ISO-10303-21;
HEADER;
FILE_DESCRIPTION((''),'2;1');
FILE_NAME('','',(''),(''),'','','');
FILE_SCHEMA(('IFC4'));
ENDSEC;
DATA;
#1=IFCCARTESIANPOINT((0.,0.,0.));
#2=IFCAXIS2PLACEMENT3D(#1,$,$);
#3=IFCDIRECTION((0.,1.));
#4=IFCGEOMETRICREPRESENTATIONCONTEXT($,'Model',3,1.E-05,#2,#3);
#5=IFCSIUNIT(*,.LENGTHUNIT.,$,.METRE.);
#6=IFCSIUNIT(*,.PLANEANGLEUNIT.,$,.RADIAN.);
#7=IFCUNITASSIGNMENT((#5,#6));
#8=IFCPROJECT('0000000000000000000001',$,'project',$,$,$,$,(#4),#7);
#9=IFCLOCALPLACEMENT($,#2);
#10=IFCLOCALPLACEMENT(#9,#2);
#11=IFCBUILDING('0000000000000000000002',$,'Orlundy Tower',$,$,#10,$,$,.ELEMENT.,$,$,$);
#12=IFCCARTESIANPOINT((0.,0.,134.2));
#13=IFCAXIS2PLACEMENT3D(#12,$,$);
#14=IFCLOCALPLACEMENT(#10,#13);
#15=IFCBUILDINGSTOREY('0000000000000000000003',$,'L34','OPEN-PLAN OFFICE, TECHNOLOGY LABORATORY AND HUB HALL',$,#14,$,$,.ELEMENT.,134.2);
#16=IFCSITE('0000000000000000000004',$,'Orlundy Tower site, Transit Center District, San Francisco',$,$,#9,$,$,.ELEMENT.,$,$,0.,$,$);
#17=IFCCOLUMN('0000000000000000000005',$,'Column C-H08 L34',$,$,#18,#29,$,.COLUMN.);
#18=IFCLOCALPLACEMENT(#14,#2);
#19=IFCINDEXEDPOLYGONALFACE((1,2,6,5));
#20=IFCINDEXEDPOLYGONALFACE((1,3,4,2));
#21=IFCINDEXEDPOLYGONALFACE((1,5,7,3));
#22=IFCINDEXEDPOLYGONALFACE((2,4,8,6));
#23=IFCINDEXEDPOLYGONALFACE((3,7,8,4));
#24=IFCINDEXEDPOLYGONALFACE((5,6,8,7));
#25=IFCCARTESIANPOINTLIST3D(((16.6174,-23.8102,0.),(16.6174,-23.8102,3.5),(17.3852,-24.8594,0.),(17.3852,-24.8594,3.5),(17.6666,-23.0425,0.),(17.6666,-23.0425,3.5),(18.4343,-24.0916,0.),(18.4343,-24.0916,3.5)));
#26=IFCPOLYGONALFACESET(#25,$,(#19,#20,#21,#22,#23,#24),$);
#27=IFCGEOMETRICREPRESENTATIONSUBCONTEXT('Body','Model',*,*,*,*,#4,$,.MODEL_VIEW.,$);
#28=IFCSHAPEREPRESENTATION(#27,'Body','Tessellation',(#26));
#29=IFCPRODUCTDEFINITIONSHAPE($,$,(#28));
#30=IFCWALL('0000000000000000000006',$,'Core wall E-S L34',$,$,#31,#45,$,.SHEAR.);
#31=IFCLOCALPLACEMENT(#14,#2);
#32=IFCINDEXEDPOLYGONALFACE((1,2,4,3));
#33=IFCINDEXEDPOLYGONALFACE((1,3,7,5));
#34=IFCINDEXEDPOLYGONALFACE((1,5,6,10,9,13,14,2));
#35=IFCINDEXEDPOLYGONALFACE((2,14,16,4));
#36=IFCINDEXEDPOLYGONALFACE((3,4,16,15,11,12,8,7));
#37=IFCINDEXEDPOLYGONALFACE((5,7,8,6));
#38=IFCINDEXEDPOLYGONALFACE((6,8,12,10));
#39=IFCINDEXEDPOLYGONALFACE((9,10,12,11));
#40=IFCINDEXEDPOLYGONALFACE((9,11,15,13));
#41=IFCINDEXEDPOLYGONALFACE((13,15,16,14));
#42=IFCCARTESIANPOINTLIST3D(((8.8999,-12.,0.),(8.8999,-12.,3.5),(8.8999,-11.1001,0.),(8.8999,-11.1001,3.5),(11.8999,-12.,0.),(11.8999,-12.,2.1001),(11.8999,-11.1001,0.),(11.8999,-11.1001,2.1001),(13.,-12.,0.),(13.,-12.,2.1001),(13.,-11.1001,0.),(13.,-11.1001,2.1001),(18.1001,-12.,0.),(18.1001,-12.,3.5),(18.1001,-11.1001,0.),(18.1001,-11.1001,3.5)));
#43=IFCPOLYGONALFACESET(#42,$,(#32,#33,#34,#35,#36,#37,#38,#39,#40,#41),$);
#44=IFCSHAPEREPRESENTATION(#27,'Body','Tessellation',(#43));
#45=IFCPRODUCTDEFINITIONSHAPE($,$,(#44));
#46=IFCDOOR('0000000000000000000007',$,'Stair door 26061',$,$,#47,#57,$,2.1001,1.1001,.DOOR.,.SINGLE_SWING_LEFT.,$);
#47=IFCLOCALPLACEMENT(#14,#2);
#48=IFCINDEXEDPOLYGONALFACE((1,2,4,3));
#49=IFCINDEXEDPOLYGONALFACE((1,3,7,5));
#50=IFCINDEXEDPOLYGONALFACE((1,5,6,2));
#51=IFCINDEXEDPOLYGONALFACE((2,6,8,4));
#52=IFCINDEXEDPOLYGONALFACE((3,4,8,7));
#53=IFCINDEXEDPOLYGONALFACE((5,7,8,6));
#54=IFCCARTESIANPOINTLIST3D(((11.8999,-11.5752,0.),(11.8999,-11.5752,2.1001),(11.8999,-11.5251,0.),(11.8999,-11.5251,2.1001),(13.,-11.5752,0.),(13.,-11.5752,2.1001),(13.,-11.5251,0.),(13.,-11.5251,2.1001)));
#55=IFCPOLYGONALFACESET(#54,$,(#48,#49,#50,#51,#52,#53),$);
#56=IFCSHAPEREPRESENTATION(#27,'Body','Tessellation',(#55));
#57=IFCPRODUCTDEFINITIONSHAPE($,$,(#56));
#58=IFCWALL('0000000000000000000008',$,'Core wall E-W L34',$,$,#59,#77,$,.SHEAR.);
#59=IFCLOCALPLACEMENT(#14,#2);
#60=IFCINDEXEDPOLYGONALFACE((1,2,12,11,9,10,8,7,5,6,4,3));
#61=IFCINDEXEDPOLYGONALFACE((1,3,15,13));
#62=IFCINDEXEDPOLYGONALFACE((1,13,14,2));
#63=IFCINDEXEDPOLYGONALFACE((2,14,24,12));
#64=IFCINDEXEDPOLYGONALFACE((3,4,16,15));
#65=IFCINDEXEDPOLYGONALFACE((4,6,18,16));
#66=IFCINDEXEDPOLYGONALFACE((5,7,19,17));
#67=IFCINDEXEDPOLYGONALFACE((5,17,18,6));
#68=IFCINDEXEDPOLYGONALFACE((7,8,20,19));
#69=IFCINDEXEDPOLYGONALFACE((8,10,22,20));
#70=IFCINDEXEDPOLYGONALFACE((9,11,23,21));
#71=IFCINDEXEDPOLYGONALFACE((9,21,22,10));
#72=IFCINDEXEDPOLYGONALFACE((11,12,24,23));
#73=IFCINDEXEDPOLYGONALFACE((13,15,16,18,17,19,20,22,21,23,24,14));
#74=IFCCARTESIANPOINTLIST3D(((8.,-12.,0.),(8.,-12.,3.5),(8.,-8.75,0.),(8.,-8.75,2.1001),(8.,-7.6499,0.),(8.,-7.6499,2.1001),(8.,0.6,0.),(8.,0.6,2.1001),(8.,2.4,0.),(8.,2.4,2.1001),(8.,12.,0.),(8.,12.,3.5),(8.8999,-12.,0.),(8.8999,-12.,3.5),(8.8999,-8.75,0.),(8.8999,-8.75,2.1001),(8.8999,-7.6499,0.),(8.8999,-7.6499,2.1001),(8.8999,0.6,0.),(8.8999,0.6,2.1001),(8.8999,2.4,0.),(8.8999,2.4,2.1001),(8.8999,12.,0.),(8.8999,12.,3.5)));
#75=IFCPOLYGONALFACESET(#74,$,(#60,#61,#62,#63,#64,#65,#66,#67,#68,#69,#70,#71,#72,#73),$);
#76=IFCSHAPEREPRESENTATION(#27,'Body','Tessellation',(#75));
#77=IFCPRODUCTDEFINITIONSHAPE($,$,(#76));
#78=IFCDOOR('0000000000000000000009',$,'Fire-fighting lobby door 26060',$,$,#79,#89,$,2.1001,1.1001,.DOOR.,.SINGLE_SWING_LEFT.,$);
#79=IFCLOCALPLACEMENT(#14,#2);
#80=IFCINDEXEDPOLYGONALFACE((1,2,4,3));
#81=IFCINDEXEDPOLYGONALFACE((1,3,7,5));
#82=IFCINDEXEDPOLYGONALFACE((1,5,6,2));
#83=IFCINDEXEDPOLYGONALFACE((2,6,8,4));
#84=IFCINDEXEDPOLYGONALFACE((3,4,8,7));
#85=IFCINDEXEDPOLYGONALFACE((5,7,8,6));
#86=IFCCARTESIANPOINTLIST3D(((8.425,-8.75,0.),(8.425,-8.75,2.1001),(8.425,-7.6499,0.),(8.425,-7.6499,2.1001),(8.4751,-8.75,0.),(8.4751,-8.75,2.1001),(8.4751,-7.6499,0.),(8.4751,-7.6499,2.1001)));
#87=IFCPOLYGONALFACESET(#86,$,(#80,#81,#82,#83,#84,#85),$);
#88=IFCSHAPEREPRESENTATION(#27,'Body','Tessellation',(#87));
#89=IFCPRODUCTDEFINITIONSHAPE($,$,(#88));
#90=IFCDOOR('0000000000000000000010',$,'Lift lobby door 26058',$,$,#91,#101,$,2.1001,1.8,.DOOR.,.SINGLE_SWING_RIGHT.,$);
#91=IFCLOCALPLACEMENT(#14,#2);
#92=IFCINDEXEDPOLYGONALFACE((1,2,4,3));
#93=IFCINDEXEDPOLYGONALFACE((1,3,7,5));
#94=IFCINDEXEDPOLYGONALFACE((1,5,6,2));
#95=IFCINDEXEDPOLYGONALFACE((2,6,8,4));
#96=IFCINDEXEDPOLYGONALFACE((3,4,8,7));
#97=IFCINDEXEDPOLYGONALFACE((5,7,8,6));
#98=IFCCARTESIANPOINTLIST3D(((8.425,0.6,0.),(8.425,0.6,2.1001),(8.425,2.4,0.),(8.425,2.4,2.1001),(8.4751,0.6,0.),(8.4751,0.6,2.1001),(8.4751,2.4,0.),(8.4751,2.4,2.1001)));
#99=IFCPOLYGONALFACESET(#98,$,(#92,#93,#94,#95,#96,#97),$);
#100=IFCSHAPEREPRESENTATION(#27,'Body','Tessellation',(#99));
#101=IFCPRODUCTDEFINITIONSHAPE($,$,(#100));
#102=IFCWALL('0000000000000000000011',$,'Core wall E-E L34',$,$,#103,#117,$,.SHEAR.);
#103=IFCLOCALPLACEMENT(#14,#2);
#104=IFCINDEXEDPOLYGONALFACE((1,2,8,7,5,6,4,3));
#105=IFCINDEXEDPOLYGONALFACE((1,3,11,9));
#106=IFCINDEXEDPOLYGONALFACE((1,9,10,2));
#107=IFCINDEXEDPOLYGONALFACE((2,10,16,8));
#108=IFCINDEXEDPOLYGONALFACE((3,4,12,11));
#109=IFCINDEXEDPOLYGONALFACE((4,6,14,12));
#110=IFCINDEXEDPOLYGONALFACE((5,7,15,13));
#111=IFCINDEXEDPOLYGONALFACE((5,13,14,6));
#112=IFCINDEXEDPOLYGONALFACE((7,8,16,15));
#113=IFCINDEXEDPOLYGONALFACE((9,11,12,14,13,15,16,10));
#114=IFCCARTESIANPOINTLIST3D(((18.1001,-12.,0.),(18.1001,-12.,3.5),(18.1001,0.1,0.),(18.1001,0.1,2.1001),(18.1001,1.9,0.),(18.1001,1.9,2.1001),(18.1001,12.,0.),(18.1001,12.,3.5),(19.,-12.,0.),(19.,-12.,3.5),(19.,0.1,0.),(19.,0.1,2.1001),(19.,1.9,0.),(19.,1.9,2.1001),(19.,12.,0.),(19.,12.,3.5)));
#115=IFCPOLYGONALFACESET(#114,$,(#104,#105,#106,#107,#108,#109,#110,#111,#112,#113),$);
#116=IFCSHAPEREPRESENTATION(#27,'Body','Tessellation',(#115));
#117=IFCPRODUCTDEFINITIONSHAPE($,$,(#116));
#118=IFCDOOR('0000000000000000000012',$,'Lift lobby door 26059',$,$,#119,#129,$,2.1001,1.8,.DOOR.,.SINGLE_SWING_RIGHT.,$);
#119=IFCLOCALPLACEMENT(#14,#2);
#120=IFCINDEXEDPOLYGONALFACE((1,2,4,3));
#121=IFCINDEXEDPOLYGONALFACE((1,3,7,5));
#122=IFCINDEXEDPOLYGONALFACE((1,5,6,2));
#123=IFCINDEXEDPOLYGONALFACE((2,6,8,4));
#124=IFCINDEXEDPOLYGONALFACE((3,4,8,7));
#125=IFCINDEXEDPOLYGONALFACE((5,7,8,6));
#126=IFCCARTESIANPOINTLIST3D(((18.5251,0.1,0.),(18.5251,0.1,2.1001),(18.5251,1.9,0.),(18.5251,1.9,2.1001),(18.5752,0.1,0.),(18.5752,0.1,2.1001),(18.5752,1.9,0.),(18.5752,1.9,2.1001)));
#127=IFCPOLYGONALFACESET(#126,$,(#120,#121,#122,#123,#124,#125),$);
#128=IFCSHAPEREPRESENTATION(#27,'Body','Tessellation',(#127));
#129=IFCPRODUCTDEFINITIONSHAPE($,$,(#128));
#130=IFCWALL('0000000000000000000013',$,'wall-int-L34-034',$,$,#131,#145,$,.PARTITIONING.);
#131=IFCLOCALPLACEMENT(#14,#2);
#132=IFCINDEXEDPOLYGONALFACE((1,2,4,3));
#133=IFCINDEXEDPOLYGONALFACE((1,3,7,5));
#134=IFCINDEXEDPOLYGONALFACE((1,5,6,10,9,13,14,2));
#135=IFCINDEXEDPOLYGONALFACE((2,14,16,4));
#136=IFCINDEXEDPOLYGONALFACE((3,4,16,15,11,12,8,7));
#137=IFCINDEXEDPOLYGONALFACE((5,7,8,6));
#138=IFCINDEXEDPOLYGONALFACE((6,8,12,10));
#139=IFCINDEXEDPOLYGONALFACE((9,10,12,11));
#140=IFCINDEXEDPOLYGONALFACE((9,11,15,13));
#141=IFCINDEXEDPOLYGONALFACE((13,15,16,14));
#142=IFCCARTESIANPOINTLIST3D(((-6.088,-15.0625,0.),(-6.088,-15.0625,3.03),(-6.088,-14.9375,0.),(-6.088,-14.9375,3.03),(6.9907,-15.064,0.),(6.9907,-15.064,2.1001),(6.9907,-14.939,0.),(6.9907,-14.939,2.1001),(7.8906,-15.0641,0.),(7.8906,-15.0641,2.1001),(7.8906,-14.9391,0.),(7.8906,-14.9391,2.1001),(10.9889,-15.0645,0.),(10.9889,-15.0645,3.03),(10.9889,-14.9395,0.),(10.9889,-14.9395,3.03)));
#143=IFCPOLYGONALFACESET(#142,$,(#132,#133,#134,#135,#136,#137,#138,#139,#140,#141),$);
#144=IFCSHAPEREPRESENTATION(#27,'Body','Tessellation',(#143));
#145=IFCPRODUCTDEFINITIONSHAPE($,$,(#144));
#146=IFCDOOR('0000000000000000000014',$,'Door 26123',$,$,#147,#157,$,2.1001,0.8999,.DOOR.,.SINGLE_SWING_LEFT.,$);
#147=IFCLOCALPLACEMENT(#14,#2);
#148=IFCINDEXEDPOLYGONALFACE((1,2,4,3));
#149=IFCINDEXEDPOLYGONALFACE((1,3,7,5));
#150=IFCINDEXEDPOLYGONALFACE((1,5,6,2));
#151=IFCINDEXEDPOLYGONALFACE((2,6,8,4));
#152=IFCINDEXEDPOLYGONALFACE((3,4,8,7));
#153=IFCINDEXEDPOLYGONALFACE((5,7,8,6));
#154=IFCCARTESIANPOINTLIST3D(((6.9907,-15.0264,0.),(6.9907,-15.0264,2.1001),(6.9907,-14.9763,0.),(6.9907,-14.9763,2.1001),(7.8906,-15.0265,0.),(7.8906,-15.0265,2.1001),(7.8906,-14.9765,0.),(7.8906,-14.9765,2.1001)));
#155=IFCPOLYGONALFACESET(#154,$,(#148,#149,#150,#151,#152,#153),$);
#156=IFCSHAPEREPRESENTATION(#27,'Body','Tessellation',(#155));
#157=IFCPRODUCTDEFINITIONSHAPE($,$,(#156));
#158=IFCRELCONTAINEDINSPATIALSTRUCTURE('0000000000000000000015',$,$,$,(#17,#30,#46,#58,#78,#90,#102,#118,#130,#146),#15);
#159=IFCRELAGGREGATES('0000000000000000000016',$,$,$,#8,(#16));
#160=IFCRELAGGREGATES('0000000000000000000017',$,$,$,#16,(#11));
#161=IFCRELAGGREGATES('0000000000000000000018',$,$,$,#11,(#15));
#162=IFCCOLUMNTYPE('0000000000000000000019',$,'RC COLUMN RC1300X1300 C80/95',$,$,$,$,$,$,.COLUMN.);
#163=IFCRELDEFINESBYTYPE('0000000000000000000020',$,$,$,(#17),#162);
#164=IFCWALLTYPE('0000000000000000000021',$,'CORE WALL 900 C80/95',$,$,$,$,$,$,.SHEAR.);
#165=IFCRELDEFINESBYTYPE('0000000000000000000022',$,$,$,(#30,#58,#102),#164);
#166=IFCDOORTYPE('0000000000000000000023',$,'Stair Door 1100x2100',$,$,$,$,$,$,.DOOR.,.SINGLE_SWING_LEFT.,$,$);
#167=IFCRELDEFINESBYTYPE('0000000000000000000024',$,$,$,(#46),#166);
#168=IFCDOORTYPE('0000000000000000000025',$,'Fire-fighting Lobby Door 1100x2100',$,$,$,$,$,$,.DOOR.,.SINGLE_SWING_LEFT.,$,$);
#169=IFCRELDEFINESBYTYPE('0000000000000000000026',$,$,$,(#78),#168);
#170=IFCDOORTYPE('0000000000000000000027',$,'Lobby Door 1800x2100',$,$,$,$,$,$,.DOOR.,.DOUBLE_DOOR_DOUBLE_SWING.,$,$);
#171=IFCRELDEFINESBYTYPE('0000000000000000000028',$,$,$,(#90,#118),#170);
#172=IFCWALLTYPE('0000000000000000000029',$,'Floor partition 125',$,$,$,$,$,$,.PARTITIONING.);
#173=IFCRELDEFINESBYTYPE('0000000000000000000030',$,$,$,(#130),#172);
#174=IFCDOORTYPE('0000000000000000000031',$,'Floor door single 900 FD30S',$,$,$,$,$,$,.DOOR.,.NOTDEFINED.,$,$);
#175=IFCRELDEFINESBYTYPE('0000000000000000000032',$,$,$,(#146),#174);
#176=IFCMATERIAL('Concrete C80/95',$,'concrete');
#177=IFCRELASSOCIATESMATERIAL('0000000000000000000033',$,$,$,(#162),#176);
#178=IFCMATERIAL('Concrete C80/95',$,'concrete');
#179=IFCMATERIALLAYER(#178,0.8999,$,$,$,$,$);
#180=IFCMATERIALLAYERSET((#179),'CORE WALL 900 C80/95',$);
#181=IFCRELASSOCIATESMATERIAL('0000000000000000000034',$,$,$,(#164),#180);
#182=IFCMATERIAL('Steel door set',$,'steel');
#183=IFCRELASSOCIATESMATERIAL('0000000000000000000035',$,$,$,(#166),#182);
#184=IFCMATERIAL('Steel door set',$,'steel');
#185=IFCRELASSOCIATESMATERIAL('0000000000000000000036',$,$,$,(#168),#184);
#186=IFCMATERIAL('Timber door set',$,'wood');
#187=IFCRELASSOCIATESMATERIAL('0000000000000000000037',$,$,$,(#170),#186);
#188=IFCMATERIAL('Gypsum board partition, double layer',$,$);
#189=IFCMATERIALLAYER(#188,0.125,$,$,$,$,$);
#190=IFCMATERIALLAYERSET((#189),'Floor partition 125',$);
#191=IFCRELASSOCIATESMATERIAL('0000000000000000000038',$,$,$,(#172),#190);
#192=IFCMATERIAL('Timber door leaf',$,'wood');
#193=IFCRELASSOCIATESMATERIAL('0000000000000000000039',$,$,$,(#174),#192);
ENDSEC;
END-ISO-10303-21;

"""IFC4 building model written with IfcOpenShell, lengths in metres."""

from ifc_helpers import new_model, si_unit, direction, frame, frame_2d, origin, origin_2d, place, context, subcontext, project, spatial, rectangle, extrude, material, layer, layer_set, material_profile, profile_set, type_object, element, fill, save


model = new_model("IFC4")

# Units and contexts
model_context = context("Model", 3, precision=1e-05, world=origin(), true_north=direction((0.0, 1.0)))
body_context = subcontext(model_context, "Body", "Model", "MODEL_VIEW")
ifc_project = project(units=[si_unit("LENGTHUNIT", "METRE"), si_unit("PLANEANGLEUNIT", "RADIAN")], contexts=[model_context])

# Site, building, storey
site_placement = place(None, origin())
site = spatial("IfcSite", under=ifc_project, at=site_placement, Name="Orlundy Tower site, Transit Center District, San Francisco", CompositionType="ELEMENT", RefElevation=0.0)
building_placement = place(site_placement, origin())
building = spatial("IfcBuilding", under=site, at=building_placement, Name="Orlundy Tower", CompositionType="ELEMENT")
storey_placement = place(building_placement, frame((0.0, 0.0, 134.2)))
storey = spatial("IfcBuildingStorey", under=building, at=storey_placement, Name="L34", Description="OPEN-PLAN OFFICE, TECHNOLOGY LABORATORY AND HUB HALL", CompositionType="ELEMENT", Elevation=134.2)

# Column
ifc_material_1 = material(Name="Concrete C80/95", Category="concrete")
ifc_material_profile = material_profile(ifc_material_1, rectangle(XDim=1.3, YDim=1.3, at=origin_2d()), Name="RC1300X1300")
ifc_profile_set = profile_set([ifc_material_profile], Name="Concrete C80/95")
column_type = type_object("IfcColumnType", Name="RC COLUMN RC1300X1300 C80/95", PredefinedType="COLUMN", material=ifc_profile_set)
column_placement = place(storey_placement, frame((17.5259, -23.9509, 0.0), z_axis=(0.0, 0.0, 1.0), x_axis=(0.590535, -0.807012, 0.0)))
element("IfcColumn", 1, at=column_placement, inside=storey, type_object=column_type, Name="Column C-H08 L34", PredefinedType="COLUMN", context=body_context, shape_type="SweptSolid", body=[
    extrude(rectangle(XDim=1.3, YDim=1.3, at=origin_2d()), origin(), (0.0, 0.0, 1.0), 3.5),
])

# Wall, opening, door
ifc_material_2 = material(Name="Concrete C80/95", Category="concrete")
ifc_layer_1 = layer(ifc_material_2, 0.8999)
ifc_layer_set_1 = layer_set([ifc_layer_1], Name="CORE WALL 900 C80/95")
wall_type_1 = type_object("IfcWallType", Name="CORE WALL 900 C80/95", PredefinedType="SHEAR", material=ifc_layer_set_1)
wall_1_placement = place(storey_placement, frame((8.8999, -11.55, 0.0), z_axis=(0.0, 0.0, 1.0), x_axis=(1.0, 0.0, 0.0)))
wall_1 = element("IfcWall", 2, at=wall_1_placement, inside=storey, type_object=wall_type_1, Name="Core wall E-S L34", PredefinedType="SHEAR", context=body_context, shape_type="SweptSolid", body=[
    extrude(rectangle(XDim=9.2002, YDim=0.8999, at=frame_2d((4.6001, 0.0))), origin(), (0.0, 0.0, 1.0), 3.5),
])
opening_1_placement = place(wall_1_placement, frame((3.0, 0.0, 0.0)))
opening_1 = element("IfcOpeningElement", 3, at=opening_1_placement, cuts=wall_1, PredefinedType="OPENING", context=body_context, shape_type="SweptSolid", body=[
    extrude(rectangle(XDim=1.1001, YDim=2.1001, at=frame_2d((0.55, 1.05))), frame((0.0, 0.46, 0.0), z_axis=(0.0, -1.0, 0.0), x_axis=(1.0, 0.0, 0.0)), (0.0, 0.0, 1.0), 0.9199),
])
ifc_material_3 = material(Name="Steel door set", Category="steel")
door_type_1 = type_object("IfcDoorType", Name="Stair Door 1100x2100", OperationType="SINGLE_SWING_LEFT", PredefinedType="DOOR", material=ifc_material_3)
door_1_placement = place(opening_1_placement, origin())
door_1 = element("IfcDoor", 4, at=door_1_placement, inside=storey, type_object=door_type_1, Name="Stair door 26061", OperationType="SINGLE_SWING_LEFT", OverallHeight=2.1001, OverallWidth=1.1001, PredefinedType="DOOR", context=body_context, shape_type="SweptSolid", body=[
    extrude(rectangle(XDim=1.1001, YDim=2.1001, at=frame_2d((0.55, 1.05))), frame((0.0, 0.0249, 0.0), z_axis=(0.0, -1.0, 0.0), x_axis=(1.0, 0.0, 0.0)), (0.0, 0.0, 1.0), 0.05),
])
fill(opening_1, door_1)

# Wall, openings, doors
wall_2_placement = place(storey_placement, frame((8.45, -12.0, 0.0), z_axis=(0.0, 0.0, 1.0), x_axis=(0.0, 1.0, 0.0)))
wall_2 = element("IfcWall", 5, at=wall_2_placement, inside=storey, type_object=wall_type_1, Name="Core wall E-W L34", PredefinedType="SHEAR", context=body_context, shape_type="SweptSolid", body=[
    extrude(rectangle(XDim=24.0, YDim=0.8999, at=frame_2d((12.0, 0.0))), origin(), (0.0, 0.0, 1.0), 3.5),
])
opening_2_placement = place(wall_2_placement, frame((12.6001, 0.0, 0.0)))
opening_2 = element("IfcOpeningElement", 6, at=opening_2_placement, cuts=wall_2, PredefinedType="OPENING", context=body_context, shape_type="SweptSolid", body=[
    extrude(rectangle(XDim=1.8, YDim=2.1001, at=frame_2d((0.8999, 1.05))), frame((0.0, 0.46, 0.0), z_axis=(0.0, -1.0, 0.0), x_axis=(1.0, 0.0, 0.0)), (0.0, 0.0, 1.0), 0.9199),
])
opening_3_placement = place(wall_2_placement, frame((3.25, 0.0, 0.0)))
opening_3 = element("IfcOpeningElement", 7, at=opening_3_placement, cuts=wall_2, PredefinedType="OPENING", context=body_context, shape_type="SweptSolid", body=[
    extrude(rectangle(XDim=1.1001, YDim=2.1001, at=frame_2d((0.55, 1.05))), frame((0.0, 0.46, 0.0), z_axis=(0.0, -1.0, 0.0), x_axis=(1.0, 0.0, 0.0)), (0.0, 0.0, 1.0), 0.9199),
])
ifc_material_4 = material(Name="Steel door set", Category="steel")
door_type_2 = type_object("IfcDoorType", Name="Fire-fighting Lobby Door 1100x2100", OperationType="SINGLE_SWING_LEFT", PredefinedType="DOOR", material=ifc_material_4)
door_2_placement = place(opening_3_placement, origin())
door_2 = element("IfcDoor", 8, at=door_2_placement, inside=storey, type_object=door_type_2, Name="Fire-fighting lobby door 26060", OperationType="SINGLE_SWING_LEFT", OverallHeight=2.1001, OverallWidth=1.1001, PredefinedType="DOOR", context=body_context, shape_type="SweptSolid", body=[
    extrude(rectangle(XDim=1.1001, YDim=2.1001, at=frame_2d((0.55, 1.05))), frame((0.0, 0.0249, 0.0), z_axis=(0.0, -1.0, 0.0), x_axis=(1.0, 0.0, 0.0)), (0.0, 0.0, 1.0), 0.05),
])
fill(opening_3, door_2)
ifc_material_5 = material(Name="Timber door set", Category="wood")
door_type_3 = type_object("IfcDoorType", Name="Lobby Door 1800x2100", OperationType="DOUBLE_DOOR_DOUBLE_SWING", PredefinedType="DOOR", material=ifc_material_5)
door_3_placement = place(opening_2_placement, origin())
door_3 = element("IfcDoor", 9, at=door_3_placement, inside=storey, type_object=door_type_3, Name="Lift lobby door 26058", OperationType="SINGLE_SWING_RIGHT", OverallHeight=2.1001, OverallWidth=1.8, PredefinedType="DOOR", context=body_context, shape_type="SweptSolid", body=[
    extrude(rectangle(XDim=1.8, YDim=2.1001, at=frame_2d((0.8999, 1.05))), frame((0.0, 0.0249, 0.0), z_axis=(0.0, -1.0, 0.0), x_axis=(1.0, 0.0, 0.0)), (0.0, 0.0, 1.0), 0.05),
])
fill(opening_2, door_3)

# Walls, openings, doors
wall_3_placement = place(storey_placement, frame((18.55, -12.0, 0.0), z_axis=(0.0, 0.0, 1.0), x_axis=(0.0, 1.0, 0.0)))
wall_3 = element("IfcWall", 10, at=wall_3_placement, inside=storey, type_object=wall_type_1, Name="Core wall E-E L34", PredefinedType="SHEAR", context=body_context, shape_type="SweptSolid", body=[
    extrude(rectangle(XDim=24.0, YDim=0.8999, at=frame_2d((12.0, 0.0))), origin(), (0.0, 0.0, 1.0), 3.5),
])
opening_4_placement = place(wall_3_placement, frame((12.1001, 0.0, 0.0)))
opening_4 = element("IfcOpeningElement", 11, at=opening_4_placement, cuts=wall_3, PredefinedType="OPENING", context=body_context, shape_type="SweptSolid", body=[
    extrude(rectangle(XDim=1.8, YDim=2.1001, at=frame_2d((0.8999, 1.05))), frame((0.0, 0.46, 0.0), z_axis=(0.0, -1.0, 0.0), x_axis=(1.0, 0.0, 0.0)), (0.0, 0.0, 1.0), 0.9199),
])
door_4_placement = place(opening_4_placement, origin())
door_4 = element("IfcDoor", 12, at=door_4_placement, inside=storey, type_object=door_type_3, Name="Lift lobby door 26059", OperationType="SINGLE_SWING_RIGHT", OverallHeight=2.1001, OverallWidth=1.8, PredefinedType="DOOR", context=body_context, shape_type="SweptSolid", body=[
    extrude(rectangle(XDim=1.8, YDim=2.1001, at=frame_2d((0.8999, 1.05))), frame((0.0, 0.0249, 0.0), z_axis=(0.0, -1.0, 0.0), x_axis=(1.0, 0.0, 0.0)), (0.0, 0.0, 1.0), 0.05),
])
fill(opening_4, door_4)
ifc_material_6 = material(Name="Gypsum board partition, double layer")
ifc_layer_2 = layer(ifc_material_6, 0.125)
ifc_layer_set_2 = layer_set([ifc_layer_2], Name="Floor partition 125")
wall_type_2 = type_object("IfcWallType", Name="Floor partition 125", PredefinedType="PARTITIONING", material=ifc_layer_set_2)
wall_4_placement = place(storey_placement, frame((10.989, -15.002, 0.0), z_axis=(0.0, 0.0, 1.0), x_axis=(-1.0, 0.000114, 0.0)))
wall_4 = element("IfcWall", 13, at=wall_4_placement, inside=storey, type_object=wall_type_2, Name="wall-int-L34-034", PredefinedType="PARTITIONING", context=body_context, shape_type="SweptSolid", body=[
    extrude(rectangle(XDim=17.0769, YDim=0.125, at=frame_2d((8.5386, 0.0))), origin(), (0.0, 0.0, 1.0), 3.03),
])
opening_5_placement = place(wall_4_placement, frame((3.0984, 0.0, 0.0)))
opening_5 = element("IfcOpeningElement", 14, at=opening_5_placement, cuts=wall_4, PredefinedType="OPENING", context=body_context, shape_type="SweptSolid", body=[
    extrude(rectangle(XDim=0.8999, YDim=2.1001, at=frame_2d((0.45, 1.05))), frame((0.0, 0.0725, 0.0), z_axis=(0.0, -1.0, 0.0), x_axis=(1.0, 0.0, 0.0)), (0.0, 0.0, 1.0), 0.145),
])
ifc_material_7 = material(Name="Timber door leaf", Category="wood")
door_type_4 = type_object("IfcDoorType", Name="Floor door single 900 FD30S", OperationType="NOTDEFINED", PredefinedType="DOOR", material=ifc_material_7)
door_5_placement = place(opening_5_placement, origin())
door_5 = element("IfcDoor", 15, at=door_5_placement, inside=storey, type_object=door_type_4, Name="Door 26123", OperationType="SINGLE_SWING_LEFT", OverallHeight=2.1001, OverallWidth=0.8999, PredefinedType="DOOR", context=body_context, shape_type="SweptSolid", body=[
    extrude(rectangle(XDim=0.8999, YDim=2.1001, at=frame_2d((0.45, 1.05))), frame((0.0, 0.0249, 0.0), z_axis=(0.0, -1.0, 0.0), x_axis=(1.0, 0.0, 0.0)), (0.0, 0.0, 1.0), 0.05),
])
fill(opening_5, door_5)

save(model, "model.ifc")
